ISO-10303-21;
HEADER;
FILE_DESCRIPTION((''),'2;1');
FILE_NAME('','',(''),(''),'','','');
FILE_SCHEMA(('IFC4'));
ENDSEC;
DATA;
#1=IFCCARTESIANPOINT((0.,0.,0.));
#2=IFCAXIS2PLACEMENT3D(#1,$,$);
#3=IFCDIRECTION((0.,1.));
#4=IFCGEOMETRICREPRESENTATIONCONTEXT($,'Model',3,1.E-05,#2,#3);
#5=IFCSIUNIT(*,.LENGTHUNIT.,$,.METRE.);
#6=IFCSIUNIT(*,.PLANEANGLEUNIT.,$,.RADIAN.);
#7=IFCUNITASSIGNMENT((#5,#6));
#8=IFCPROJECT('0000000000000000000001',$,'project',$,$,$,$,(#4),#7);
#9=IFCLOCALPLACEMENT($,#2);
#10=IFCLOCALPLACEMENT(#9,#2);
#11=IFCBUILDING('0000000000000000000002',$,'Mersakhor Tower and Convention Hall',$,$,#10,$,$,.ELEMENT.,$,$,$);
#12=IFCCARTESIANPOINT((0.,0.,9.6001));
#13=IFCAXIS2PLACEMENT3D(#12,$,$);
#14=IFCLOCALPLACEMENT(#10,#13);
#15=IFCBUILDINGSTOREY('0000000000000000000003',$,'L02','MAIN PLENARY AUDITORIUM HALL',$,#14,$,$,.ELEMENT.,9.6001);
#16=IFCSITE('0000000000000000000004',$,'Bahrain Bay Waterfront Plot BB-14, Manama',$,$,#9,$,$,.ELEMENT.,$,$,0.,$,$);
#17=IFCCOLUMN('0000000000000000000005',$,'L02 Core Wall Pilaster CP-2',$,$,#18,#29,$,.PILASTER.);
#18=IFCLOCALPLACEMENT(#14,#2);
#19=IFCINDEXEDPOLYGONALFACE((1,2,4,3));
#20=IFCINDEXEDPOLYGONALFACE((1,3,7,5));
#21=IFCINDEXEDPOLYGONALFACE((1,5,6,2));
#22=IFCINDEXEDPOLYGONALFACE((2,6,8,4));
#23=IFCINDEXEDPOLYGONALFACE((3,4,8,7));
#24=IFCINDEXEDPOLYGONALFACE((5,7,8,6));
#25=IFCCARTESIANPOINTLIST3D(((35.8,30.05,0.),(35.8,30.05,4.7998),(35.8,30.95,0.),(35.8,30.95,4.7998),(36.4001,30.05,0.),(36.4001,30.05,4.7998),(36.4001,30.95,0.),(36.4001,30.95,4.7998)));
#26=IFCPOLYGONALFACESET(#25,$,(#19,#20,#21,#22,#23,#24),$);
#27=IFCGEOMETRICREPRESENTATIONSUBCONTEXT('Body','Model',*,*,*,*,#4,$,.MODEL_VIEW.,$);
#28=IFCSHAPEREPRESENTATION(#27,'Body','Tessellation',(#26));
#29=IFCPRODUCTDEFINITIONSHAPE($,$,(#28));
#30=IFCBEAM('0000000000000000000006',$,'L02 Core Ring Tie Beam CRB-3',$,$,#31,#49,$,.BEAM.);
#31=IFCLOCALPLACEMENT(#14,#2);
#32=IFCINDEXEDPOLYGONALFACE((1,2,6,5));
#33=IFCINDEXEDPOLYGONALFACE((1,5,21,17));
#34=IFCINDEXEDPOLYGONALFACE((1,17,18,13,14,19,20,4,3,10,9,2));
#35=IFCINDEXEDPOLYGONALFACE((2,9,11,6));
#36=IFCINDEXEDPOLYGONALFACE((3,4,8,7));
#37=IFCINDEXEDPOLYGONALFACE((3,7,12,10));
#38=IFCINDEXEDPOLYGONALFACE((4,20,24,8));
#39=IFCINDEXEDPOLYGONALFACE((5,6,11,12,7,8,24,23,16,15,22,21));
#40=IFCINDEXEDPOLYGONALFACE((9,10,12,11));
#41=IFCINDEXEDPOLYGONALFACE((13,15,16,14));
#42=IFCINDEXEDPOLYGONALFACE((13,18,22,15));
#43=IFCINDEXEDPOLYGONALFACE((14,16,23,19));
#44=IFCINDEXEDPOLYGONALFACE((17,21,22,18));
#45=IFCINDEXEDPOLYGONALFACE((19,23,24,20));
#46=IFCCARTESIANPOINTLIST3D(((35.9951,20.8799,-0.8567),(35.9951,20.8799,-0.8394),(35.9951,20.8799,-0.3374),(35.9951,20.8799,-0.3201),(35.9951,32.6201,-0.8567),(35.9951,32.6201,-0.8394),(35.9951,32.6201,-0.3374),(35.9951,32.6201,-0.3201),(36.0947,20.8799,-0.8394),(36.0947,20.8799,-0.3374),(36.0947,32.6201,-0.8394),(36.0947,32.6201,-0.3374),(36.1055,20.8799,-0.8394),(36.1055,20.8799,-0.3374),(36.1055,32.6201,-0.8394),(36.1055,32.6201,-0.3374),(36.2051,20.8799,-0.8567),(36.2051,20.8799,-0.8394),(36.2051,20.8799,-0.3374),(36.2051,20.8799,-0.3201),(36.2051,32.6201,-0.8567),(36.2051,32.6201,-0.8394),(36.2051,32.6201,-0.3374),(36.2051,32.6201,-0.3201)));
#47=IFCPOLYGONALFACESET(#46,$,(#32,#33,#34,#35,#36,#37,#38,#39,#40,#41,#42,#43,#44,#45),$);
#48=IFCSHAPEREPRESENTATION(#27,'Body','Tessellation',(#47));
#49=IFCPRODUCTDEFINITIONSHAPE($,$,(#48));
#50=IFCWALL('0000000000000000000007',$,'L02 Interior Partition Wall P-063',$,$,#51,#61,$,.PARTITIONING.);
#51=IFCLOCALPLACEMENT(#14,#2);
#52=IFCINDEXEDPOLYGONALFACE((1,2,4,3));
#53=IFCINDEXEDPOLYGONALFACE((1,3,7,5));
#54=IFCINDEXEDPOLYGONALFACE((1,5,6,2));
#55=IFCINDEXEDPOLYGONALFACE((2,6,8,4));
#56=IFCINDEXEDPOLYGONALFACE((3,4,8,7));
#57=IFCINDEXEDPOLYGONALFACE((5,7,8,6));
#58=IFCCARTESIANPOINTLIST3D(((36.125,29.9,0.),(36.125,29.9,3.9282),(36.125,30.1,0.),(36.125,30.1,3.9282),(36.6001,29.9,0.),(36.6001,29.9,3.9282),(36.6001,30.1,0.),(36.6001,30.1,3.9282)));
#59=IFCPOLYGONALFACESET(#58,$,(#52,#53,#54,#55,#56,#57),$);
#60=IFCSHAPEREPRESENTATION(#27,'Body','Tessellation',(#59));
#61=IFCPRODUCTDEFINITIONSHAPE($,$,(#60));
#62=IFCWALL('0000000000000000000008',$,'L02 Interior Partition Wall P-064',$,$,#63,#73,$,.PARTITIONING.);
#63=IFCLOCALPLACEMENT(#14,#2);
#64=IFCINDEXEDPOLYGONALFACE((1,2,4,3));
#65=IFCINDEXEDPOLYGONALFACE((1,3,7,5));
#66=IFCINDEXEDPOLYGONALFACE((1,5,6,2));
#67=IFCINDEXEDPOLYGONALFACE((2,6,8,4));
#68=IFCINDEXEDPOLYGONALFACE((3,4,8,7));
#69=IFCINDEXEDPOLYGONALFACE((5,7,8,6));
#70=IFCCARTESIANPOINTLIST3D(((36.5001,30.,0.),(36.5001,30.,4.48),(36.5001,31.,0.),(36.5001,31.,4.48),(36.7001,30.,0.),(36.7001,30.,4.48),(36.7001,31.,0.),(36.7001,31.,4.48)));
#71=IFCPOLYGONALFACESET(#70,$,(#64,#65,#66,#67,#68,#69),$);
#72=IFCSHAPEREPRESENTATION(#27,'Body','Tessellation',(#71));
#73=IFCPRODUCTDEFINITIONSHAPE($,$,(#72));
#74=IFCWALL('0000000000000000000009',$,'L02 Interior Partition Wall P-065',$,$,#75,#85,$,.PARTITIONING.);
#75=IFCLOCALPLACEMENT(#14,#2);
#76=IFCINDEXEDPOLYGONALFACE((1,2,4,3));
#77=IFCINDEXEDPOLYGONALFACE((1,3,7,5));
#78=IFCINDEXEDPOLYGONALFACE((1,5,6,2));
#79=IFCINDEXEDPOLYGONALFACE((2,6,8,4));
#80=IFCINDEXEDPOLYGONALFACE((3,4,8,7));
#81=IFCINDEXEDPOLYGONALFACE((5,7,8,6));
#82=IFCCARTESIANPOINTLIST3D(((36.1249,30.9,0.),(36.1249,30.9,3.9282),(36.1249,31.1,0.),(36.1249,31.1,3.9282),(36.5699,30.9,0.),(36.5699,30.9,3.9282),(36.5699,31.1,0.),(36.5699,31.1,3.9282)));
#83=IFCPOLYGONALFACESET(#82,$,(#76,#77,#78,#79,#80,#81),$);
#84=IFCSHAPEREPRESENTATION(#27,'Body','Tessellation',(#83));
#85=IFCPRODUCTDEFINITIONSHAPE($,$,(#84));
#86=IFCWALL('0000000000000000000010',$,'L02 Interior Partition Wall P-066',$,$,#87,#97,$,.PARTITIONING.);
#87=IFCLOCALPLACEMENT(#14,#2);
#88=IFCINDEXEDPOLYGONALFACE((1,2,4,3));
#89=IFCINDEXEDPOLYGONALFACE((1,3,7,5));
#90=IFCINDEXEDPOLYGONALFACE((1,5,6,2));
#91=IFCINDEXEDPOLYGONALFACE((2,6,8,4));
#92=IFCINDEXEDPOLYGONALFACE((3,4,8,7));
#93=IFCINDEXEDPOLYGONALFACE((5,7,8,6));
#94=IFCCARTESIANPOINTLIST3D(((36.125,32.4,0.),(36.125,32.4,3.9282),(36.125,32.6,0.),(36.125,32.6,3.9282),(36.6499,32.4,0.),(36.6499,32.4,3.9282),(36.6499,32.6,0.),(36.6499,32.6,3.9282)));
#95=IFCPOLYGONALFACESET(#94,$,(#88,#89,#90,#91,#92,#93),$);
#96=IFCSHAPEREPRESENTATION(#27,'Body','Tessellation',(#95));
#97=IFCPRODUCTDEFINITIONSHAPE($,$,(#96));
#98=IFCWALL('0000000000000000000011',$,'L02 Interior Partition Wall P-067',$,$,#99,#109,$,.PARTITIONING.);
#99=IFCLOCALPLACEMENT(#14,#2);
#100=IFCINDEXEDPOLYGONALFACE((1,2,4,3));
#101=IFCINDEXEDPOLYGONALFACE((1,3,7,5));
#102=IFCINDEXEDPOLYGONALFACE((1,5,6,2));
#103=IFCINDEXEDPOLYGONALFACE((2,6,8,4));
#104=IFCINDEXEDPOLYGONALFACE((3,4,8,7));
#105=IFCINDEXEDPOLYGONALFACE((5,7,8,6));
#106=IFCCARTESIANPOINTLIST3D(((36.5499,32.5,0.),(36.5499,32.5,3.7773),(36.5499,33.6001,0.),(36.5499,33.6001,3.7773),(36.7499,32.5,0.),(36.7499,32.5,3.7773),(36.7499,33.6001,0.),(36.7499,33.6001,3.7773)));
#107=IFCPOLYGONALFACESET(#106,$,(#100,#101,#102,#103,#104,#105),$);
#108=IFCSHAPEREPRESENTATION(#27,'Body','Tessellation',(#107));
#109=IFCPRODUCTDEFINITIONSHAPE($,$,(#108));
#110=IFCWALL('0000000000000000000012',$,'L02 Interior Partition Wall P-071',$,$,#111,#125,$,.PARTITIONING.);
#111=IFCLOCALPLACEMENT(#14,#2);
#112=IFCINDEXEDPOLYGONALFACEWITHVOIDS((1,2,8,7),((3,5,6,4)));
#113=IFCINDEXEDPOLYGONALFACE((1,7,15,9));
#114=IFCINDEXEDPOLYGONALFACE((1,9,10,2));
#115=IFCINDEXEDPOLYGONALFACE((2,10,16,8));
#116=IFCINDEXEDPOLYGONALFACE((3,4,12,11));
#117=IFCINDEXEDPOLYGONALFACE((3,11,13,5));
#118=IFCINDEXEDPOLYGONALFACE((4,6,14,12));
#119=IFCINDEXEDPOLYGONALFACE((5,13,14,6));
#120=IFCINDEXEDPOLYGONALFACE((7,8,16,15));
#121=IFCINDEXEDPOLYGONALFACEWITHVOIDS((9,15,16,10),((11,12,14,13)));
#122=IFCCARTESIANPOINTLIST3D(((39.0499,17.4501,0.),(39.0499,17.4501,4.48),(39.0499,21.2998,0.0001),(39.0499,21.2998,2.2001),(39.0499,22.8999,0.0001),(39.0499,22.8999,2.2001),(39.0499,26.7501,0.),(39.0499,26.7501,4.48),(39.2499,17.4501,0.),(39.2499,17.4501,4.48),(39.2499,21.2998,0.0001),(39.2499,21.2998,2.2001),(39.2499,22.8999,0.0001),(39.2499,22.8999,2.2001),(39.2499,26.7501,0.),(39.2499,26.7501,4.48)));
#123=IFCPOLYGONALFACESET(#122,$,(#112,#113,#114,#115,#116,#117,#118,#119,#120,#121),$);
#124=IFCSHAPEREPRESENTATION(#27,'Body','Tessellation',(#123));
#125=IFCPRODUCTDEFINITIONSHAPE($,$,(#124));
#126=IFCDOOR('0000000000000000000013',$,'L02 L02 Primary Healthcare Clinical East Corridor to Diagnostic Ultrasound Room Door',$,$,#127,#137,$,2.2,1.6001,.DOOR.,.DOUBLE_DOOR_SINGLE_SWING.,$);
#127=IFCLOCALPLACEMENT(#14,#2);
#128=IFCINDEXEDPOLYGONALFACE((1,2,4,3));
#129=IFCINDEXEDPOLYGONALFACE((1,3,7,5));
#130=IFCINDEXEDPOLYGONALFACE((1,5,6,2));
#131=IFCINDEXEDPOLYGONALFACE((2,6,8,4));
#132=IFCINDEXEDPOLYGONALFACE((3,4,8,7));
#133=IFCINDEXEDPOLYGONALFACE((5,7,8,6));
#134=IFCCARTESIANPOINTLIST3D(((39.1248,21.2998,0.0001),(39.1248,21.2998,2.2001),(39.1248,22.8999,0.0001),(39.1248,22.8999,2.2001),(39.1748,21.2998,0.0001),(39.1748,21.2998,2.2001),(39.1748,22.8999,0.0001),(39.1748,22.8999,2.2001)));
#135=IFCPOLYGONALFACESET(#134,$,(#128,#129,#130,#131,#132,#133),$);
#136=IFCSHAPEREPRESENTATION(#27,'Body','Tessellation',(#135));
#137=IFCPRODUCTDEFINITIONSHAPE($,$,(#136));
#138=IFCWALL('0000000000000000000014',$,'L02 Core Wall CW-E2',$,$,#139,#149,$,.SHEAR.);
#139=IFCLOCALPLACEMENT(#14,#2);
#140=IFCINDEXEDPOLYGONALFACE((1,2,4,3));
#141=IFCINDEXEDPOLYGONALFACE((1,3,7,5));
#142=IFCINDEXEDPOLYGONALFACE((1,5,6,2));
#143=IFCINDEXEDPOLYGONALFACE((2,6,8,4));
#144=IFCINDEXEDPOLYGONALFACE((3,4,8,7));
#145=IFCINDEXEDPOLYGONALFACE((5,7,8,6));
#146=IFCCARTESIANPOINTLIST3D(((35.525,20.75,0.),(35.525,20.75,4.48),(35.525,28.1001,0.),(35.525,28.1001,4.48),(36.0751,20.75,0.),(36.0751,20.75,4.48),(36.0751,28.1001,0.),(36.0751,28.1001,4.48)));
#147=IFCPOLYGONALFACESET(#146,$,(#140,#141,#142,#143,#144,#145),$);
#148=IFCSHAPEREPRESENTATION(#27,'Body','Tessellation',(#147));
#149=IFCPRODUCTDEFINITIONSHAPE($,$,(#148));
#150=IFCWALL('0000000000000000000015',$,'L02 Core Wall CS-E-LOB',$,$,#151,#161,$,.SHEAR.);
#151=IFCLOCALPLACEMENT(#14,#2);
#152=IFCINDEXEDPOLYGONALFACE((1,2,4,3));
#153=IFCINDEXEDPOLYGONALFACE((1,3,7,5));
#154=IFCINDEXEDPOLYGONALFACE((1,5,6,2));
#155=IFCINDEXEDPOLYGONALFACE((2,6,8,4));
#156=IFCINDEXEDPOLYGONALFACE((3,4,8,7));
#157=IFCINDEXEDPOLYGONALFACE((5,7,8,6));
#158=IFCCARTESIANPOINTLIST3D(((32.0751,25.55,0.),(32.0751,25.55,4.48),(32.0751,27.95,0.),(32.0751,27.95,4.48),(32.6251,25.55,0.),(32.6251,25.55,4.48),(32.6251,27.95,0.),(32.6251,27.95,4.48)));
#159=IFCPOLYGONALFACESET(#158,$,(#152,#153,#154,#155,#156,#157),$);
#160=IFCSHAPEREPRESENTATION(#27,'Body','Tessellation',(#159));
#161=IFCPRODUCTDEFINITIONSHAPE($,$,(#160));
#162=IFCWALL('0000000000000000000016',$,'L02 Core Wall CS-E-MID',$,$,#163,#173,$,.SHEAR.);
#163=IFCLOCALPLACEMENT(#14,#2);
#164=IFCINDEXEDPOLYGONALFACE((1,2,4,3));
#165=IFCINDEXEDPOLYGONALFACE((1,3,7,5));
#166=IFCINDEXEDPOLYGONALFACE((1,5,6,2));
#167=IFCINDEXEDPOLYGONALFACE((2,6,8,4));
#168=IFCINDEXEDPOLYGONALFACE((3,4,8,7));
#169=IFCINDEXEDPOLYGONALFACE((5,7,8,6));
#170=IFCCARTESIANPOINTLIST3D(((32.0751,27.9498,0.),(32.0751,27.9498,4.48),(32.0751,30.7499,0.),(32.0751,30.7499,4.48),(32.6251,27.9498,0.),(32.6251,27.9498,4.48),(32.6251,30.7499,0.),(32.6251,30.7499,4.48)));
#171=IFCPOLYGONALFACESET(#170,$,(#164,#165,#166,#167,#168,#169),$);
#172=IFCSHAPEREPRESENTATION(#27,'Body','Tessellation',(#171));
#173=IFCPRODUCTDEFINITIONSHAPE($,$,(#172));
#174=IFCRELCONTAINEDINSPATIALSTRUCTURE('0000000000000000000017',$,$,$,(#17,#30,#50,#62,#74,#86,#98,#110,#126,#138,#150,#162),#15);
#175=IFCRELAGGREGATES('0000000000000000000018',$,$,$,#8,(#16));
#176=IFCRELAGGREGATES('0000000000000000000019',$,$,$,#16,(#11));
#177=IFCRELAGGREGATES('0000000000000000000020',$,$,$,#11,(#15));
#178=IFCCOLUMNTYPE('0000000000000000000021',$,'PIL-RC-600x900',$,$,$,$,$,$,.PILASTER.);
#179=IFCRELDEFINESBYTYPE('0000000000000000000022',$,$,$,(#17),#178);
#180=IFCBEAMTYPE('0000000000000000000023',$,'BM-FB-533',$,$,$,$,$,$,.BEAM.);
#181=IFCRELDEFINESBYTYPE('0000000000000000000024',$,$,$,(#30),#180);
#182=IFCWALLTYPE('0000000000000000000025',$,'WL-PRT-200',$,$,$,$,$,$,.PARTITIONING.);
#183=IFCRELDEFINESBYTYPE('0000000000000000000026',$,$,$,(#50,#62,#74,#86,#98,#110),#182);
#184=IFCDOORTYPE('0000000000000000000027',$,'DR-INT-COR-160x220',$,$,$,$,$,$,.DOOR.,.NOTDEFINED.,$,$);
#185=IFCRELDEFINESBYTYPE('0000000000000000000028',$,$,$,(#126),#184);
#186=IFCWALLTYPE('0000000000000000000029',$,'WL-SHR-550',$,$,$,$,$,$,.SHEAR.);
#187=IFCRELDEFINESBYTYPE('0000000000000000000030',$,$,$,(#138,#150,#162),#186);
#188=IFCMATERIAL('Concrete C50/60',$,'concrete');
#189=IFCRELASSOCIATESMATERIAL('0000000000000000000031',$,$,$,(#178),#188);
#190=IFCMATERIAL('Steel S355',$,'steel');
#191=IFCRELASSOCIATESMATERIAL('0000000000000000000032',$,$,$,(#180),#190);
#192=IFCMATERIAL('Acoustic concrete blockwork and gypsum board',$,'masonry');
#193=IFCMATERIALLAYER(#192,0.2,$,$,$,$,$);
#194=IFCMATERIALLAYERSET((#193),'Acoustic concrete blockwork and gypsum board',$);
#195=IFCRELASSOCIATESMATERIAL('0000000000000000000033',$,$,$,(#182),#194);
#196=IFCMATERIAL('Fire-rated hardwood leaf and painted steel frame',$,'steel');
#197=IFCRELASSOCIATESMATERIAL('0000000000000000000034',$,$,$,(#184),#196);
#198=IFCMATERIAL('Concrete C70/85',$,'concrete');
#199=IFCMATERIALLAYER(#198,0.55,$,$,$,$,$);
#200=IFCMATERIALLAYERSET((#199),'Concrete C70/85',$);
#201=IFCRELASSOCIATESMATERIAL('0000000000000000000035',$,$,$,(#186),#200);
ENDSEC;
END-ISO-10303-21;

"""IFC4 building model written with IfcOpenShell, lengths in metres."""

from ifc_helpers import new_model, si_unit, direction, frame, frame_2d, origin, origin_2d, place, context, subcontext, project, spatial, rectangle, i_section, extrude, material, layer, layer_set, material_profile, profile_set, type_object, element, fill, save


model = new_model("IFC4")

# Units and contexts
model_context = context("Model", 3, precision=1e-05, world=origin(), true_north=direction((0.0, 1.0)))
body_context = subcontext(model_context, "Body", "Model", "MODEL_VIEW")
ifc_project = project(units=[si_unit("LENGTHUNIT", "METRE"), si_unit("PLANEANGLEUNIT", "RADIAN")], contexts=[model_context])

# Site, building, storey
site_placement = place(None, origin())
site = spatial("IfcSite", under=ifc_project, at=site_placement, Name="Bahrain Bay Waterfront Plot BB-14, Manama", CompositionType="ELEMENT", RefElevation=0.0)
building_placement = place(site_placement, origin())
building = spatial("IfcBuilding", under=site, at=building_placement, Name="Mersakhor Tower and Convention Hall", CompositionType="ELEMENT")
storey_placement = place(building_placement, frame((0.0, 0.0, 9.6001)))
storey = spatial("IfcBuildingStorey", under=building, at=storey_placement, Name="L02", Description="MAIN PLENARY AUDITORIUM HALL", CompositionType="ELEMENT", Elevation=9.6001)

# Column
ifc_material_1 = material(Name="Concrete C50/60", Category="concrete")
ifc_material_profile_1 = material_profile(ifc_material_1, rectangle(XDim=0.6001, YDim=0.8999, at=origin_2d()), Name="RC 600x900")
ifc_profile_set_1 = profile_set([ifc_material_profile_1], Name="Concrete C50/60")
column_type = type_object("IfcColumnType", Name="PIL-RC-600x900", PredefinedType="PILASTER", material=ifc_profile_set_1)
column_placement = place(storey_placement, frame((36.1001, 30.5, 0.0), z_axis=(0.0, 0.0, 1.0), x_axis=(1.0, 0.0, 0.0)))
element("IfcColumn", 1, at=column_placement, inside=storey, type_object=column_type, Name="L02 Core Wall Pilaster CP-2", PredefinedType="PILASTER", context=body_context, shape_type="SweptSolid", body=[
    extrude(rectangle(XDim=0.6001, YDim=0.8999, at=origin_2d()), origin(), (0.0, 0.0, 1.0), 4.7998),
])

# Beam
ifc_material_2 = material(Name="Steel S355", Category="steel")
ifc_material_profile_2 = material_profile(ifc_material_2, i_section(OverallWidth=0.21, OverallDepth=0.5366, WebThickness=0.0107, FlangeThickness=0.0173, at=origin_2d()), Name="UB 533x210x101")
ifc_profile_set_2 = profile_set([ifc_material_profile_2], Name="Steel S355")
beam_type = type_object("IfcBeamType", Name="BM-FB-533", PredefinedType="BEAM", material=ifc_profile_set_2)
beam_placement = place(storey_placement, frame((36.1001, 32.6201, -0.5884), z_axis=(0.0, -1.0, 0.0), x_axis=(1.0, 0.0, 0.0)))
element("IfcBeam", 2, at=beam_placement, inside=storey, type_object=beam_type, Name="L02 Core Ring Tie Beam CRB-3", PredefinedType="BEAM", context=body_context, shape_type="SweptSolid", body=[
    extrude(i_section(OverallWidth=0.21, OverallDepth=0.5366, WebThickness=0.0107, FlangeThickness=0.0173, at=origin_2d()), origin(), (0.0, 0.0, 1.0), 11.7402),
])

# Walls
ifc_material_3 = material(Name="Acoustic concrete blockwork and gypsum board", Category="masonry")
ifc_layer_1 = layer(ifc_material_3, 0.2)
ifc_layer_set_1 = layer_set([ifc_layer_1], Name="Acoustic concrete blockwork and gypsum board")
wall_type_1 = type_object("IfcWallType", Name="WL-PRT-200", PredefinedType="PARTITIONING", material=ifc_layer_set_1)
wall_1_placement = place(storey_placement, frame((36.125, 30.0, 0.0), z_axis=(0.0, 0.0, 1.0), x_axis=(1.0, 0.0, 0.0)))
element("IfcWall", 3, at=wall_1_placement, inside=storey, type_object=wall_type_1, Name="L02 Interior Partition Wall P-063", PredefinedType="PARTITIONING", context=body_context, shape_type="SweptSolid", body=[
    extrude(rectangle(XDim=0.4751, YDim=0.2, at=frame_2d((0.2375, 0.0))), origin(), (0.0, 0.0, 1.0), 3.9282),
])
wall_2_placement = place(storey_placement, frame((36.6001, 30.0, 0.0), z_axis=(0.0, 0.0, 1.0), x_axis=(0.0, 1.0, 0.0)))
element("IfcWall", 4, at=wall_2_placement, inside=storey, type_object=wall_type_1, Name="L02 Interior Partition Wall P-064", PredefinedType="PARTITIONING", context=body_context, shape_type="SweptSolid", body=[
    extrude(rectangle(XDim=1.0, YDim=0.2, at=frame_2d((0.5, 0.0))), origin(), (0.0, 0.0, 1.0), 4.48),
])
wall_3_placement = place(storey_placement, frame((36.5701, 31.0, 0.0), z_axis=(0.0, 0.0, 1.0), x_axis=(-1.0, 0.0, 0.0)))
element("IfcWall", 5, at=wall_3_placement, inside=storey, type_object=wall_type_1, Name="L02 Interior Partition Wall P-065", PredefinedType="PARTITIONING", context=body_context, shape_type="SweptSolid", body=[
    extrude(rectangle(XDim=0.4451, YDim=0.2, at=frame_2d((0.2227, 0.0))), origin(), (0.0, 0.0, 1.0), 3.9282),
])
wall_4_placement = place(storey_placement, frame((36.125, 32.5, 0.0), z_axis=(0.0, 0.0, 1.0), x_axis=(1.0, 0.0, 0.0)))
element("IfcWall", 6, at=wall_4_placement, inside=storey, type_object=wall_type_1, Name="L02 Interior Partition Wall P-066", PredefinedType="PARTITIONING", context=body_context, shape_type="SweptSolid", body=[
    extrude(rectangle(XDim=0.5249, YDim=0.2, at=frame_2d((0.2625, 0.0))), origin(), (0.0, 0.0, 1.0), 3.9282),
])
wall_5_placement = place(storey_placement, frame((36.6499, 32.5, 0.0), z_axis=(0.0, 0.0, 1.0), x_axis=(0.0, 1.0, 0.0)))
element("IfcWall", 7, at=wall_5_placement, inside=storey, type_object=wall_type_1, Name="L02 Interior Partition Wall P-067", PredefinedType="PARTITIONING", context=body_context, shape_type="SweptSolid", body=[
    extrude(rectangle(XDim=1.1001, YDim=0.2, at=frame_2d((0.55, 0.0))), origin(), (0.0, 0.0, 1.0), 3.7773),
])

# Wall, opening, door
wall_6_placement = place(storey_placement, frame((39.1499, 26.75, 0.0), z_axis=(0.0, 0.0, 1.0), x_axis=(0.0, -1.0, 0.0)))
wall_6 = element("IfcWall", 8, at=wall_6_placement, inside=storey, type_object=wall_type_1, Name="L02 Interior Partition Wall P-071", PredefinedType="PARTITIONING", context=body_context, shape_type="SweptSolid", body=[
    extrude(rectangle(XDim=9.3, YDim=0.2, at=frame_2d((4.6499, 0.0))), origin(), (0.0, 0.0, 1.0), 4.48),
])
opening_1_placement = place(wall_6_placement, frame((3.8501, 0.0, 0.0)))
opening_1 = element("IfcOpeningElement", 9, at=opening_1_placement, cuts=wall_6, PredefinedType="OPENING", context=body_context, shape_type="SweptSolid", body=[
    extrude(rectangle(XDim=1.6001, YDim=2.2, at=frame_2d((0.8, 1.1001))), frame((0.0, 0.1099, 0.0), z_axis=(0.0, -1.0, 0.0), x_axis=(1.0, 0.0, 0.0)), (0.0, 0.0, 1.0), 0.22),
])
ifc_material_4 = material(Name="Fire-rated hardwood leaf and painted steel frame", Category="steel")
door_type_1 = type_object("IfcDoorType", Name="DR-INT-COR-160x220", OperationType="NOTDEFINED", PredefinedType="DOOR", material=ifc_material_4)
door_1_placement = place(opening_1_placement, origin())
door_1 = element("IfcDoor", 10, at=door_1_placement, inside=storey, type_object=door_type_1, Name="L02 L02 Primary Healthcare Clinical East Corridor to Diagnostic Ultrasound Room Door", OperationType="DOUBLE_DOOR_SINGLE_SWING", OverallHeight=2.2, OverallWidth=1.6001, PredefinedType="DOOR", context=body_context, shape_type="SweptSolid", body=[
    extrude(rectangle(XDim=1.6001, YDim=2.2, at=frame_2d((0.8, 1.1001))), frame((0.0, 0.0249, 0.0), z_axis=(0.0, -1.0, 0.0), x_axis=(1.0, 0.0, 0.0)), (0.0, 0.0, 1.0), 0.05),
])
fill(opening_1, door_1)

# Walls
ifc_material_5 = material(Name="Concrete C70/85", Category="concrete")
ifc_layer_2 = layer(ifc_material_5, 0.55)
ifc_layer_set_2 = layer_set([ifc_layer_2], Name="Concrete C70/85")
wall_type_2 = type_object("IfcWallType", Name="WL-SHR-550", PredefinedType="SHEAR", material=ifc_layer_set_2)
wall_7_placement = place(storey_placement, frame((35.8, 28.1001, 0.0), z_axis=(0.0, 0.0, 1.0), x_axis=(0.0, -1.0, 0.0)))
element("IfcWall", 11, at=wall_7_placement, inside=storey, type_object=wall_type_2, Name="L02 Core Wall CW-E2", PredefinedType="SHEAR", context=body_context, shape_type="SweptSolid", body=[
    extrude(rectangle(XDim=7.3501, YDim=0.55, at=frame_2d((3.675, 0.0))), origin(), (0.0, 0.0, 1.0), 4.48),
])
wall_8_placement = place(storey_placement, frame((32.3501, 25.55, 0.0), z_axis=(0.0, 0.0, 1.0), x_axis=(0.0, 1.0, 0.0)))
element("IfcWall", 12, at=wall_8_placement, inside=storey, type_object=wall_type_2, Name="L02 Core Wall CS-E-LOB", PredefinedType="SHEAR", context=body_context, shape_type="SweptSolid", body=[
    extrude(rectangle(XDim=2.3999, YDim=0.55, at=frame_2d((1.2, 0.0))), origin(), (0.0, 0.0, 1.0), 4.48),
])
wall_9_placement = place(storey_placement, frame((32.3501, 27.95, 0.0), z_axis=(0.0, 0.0, 1.0), x_axis=(0.0, 1.0, 0.0)))
element("IfcWall", 13, at=wall_9_placement, inside=storey, type_object=wall_type_2, Name="L02 Core Wall CS-E-MID", PredefinedType="SHEAR", context=body_context, shape_type="SweptSolid", body=[
    extrude(rectangle(XDim=2.8, YDim=0.55, at=frame_2d((1.3999, 0.0))), origin(), (0.0, 0.0, 1.0), 4.48),
])

save(model, "model.ifc")
